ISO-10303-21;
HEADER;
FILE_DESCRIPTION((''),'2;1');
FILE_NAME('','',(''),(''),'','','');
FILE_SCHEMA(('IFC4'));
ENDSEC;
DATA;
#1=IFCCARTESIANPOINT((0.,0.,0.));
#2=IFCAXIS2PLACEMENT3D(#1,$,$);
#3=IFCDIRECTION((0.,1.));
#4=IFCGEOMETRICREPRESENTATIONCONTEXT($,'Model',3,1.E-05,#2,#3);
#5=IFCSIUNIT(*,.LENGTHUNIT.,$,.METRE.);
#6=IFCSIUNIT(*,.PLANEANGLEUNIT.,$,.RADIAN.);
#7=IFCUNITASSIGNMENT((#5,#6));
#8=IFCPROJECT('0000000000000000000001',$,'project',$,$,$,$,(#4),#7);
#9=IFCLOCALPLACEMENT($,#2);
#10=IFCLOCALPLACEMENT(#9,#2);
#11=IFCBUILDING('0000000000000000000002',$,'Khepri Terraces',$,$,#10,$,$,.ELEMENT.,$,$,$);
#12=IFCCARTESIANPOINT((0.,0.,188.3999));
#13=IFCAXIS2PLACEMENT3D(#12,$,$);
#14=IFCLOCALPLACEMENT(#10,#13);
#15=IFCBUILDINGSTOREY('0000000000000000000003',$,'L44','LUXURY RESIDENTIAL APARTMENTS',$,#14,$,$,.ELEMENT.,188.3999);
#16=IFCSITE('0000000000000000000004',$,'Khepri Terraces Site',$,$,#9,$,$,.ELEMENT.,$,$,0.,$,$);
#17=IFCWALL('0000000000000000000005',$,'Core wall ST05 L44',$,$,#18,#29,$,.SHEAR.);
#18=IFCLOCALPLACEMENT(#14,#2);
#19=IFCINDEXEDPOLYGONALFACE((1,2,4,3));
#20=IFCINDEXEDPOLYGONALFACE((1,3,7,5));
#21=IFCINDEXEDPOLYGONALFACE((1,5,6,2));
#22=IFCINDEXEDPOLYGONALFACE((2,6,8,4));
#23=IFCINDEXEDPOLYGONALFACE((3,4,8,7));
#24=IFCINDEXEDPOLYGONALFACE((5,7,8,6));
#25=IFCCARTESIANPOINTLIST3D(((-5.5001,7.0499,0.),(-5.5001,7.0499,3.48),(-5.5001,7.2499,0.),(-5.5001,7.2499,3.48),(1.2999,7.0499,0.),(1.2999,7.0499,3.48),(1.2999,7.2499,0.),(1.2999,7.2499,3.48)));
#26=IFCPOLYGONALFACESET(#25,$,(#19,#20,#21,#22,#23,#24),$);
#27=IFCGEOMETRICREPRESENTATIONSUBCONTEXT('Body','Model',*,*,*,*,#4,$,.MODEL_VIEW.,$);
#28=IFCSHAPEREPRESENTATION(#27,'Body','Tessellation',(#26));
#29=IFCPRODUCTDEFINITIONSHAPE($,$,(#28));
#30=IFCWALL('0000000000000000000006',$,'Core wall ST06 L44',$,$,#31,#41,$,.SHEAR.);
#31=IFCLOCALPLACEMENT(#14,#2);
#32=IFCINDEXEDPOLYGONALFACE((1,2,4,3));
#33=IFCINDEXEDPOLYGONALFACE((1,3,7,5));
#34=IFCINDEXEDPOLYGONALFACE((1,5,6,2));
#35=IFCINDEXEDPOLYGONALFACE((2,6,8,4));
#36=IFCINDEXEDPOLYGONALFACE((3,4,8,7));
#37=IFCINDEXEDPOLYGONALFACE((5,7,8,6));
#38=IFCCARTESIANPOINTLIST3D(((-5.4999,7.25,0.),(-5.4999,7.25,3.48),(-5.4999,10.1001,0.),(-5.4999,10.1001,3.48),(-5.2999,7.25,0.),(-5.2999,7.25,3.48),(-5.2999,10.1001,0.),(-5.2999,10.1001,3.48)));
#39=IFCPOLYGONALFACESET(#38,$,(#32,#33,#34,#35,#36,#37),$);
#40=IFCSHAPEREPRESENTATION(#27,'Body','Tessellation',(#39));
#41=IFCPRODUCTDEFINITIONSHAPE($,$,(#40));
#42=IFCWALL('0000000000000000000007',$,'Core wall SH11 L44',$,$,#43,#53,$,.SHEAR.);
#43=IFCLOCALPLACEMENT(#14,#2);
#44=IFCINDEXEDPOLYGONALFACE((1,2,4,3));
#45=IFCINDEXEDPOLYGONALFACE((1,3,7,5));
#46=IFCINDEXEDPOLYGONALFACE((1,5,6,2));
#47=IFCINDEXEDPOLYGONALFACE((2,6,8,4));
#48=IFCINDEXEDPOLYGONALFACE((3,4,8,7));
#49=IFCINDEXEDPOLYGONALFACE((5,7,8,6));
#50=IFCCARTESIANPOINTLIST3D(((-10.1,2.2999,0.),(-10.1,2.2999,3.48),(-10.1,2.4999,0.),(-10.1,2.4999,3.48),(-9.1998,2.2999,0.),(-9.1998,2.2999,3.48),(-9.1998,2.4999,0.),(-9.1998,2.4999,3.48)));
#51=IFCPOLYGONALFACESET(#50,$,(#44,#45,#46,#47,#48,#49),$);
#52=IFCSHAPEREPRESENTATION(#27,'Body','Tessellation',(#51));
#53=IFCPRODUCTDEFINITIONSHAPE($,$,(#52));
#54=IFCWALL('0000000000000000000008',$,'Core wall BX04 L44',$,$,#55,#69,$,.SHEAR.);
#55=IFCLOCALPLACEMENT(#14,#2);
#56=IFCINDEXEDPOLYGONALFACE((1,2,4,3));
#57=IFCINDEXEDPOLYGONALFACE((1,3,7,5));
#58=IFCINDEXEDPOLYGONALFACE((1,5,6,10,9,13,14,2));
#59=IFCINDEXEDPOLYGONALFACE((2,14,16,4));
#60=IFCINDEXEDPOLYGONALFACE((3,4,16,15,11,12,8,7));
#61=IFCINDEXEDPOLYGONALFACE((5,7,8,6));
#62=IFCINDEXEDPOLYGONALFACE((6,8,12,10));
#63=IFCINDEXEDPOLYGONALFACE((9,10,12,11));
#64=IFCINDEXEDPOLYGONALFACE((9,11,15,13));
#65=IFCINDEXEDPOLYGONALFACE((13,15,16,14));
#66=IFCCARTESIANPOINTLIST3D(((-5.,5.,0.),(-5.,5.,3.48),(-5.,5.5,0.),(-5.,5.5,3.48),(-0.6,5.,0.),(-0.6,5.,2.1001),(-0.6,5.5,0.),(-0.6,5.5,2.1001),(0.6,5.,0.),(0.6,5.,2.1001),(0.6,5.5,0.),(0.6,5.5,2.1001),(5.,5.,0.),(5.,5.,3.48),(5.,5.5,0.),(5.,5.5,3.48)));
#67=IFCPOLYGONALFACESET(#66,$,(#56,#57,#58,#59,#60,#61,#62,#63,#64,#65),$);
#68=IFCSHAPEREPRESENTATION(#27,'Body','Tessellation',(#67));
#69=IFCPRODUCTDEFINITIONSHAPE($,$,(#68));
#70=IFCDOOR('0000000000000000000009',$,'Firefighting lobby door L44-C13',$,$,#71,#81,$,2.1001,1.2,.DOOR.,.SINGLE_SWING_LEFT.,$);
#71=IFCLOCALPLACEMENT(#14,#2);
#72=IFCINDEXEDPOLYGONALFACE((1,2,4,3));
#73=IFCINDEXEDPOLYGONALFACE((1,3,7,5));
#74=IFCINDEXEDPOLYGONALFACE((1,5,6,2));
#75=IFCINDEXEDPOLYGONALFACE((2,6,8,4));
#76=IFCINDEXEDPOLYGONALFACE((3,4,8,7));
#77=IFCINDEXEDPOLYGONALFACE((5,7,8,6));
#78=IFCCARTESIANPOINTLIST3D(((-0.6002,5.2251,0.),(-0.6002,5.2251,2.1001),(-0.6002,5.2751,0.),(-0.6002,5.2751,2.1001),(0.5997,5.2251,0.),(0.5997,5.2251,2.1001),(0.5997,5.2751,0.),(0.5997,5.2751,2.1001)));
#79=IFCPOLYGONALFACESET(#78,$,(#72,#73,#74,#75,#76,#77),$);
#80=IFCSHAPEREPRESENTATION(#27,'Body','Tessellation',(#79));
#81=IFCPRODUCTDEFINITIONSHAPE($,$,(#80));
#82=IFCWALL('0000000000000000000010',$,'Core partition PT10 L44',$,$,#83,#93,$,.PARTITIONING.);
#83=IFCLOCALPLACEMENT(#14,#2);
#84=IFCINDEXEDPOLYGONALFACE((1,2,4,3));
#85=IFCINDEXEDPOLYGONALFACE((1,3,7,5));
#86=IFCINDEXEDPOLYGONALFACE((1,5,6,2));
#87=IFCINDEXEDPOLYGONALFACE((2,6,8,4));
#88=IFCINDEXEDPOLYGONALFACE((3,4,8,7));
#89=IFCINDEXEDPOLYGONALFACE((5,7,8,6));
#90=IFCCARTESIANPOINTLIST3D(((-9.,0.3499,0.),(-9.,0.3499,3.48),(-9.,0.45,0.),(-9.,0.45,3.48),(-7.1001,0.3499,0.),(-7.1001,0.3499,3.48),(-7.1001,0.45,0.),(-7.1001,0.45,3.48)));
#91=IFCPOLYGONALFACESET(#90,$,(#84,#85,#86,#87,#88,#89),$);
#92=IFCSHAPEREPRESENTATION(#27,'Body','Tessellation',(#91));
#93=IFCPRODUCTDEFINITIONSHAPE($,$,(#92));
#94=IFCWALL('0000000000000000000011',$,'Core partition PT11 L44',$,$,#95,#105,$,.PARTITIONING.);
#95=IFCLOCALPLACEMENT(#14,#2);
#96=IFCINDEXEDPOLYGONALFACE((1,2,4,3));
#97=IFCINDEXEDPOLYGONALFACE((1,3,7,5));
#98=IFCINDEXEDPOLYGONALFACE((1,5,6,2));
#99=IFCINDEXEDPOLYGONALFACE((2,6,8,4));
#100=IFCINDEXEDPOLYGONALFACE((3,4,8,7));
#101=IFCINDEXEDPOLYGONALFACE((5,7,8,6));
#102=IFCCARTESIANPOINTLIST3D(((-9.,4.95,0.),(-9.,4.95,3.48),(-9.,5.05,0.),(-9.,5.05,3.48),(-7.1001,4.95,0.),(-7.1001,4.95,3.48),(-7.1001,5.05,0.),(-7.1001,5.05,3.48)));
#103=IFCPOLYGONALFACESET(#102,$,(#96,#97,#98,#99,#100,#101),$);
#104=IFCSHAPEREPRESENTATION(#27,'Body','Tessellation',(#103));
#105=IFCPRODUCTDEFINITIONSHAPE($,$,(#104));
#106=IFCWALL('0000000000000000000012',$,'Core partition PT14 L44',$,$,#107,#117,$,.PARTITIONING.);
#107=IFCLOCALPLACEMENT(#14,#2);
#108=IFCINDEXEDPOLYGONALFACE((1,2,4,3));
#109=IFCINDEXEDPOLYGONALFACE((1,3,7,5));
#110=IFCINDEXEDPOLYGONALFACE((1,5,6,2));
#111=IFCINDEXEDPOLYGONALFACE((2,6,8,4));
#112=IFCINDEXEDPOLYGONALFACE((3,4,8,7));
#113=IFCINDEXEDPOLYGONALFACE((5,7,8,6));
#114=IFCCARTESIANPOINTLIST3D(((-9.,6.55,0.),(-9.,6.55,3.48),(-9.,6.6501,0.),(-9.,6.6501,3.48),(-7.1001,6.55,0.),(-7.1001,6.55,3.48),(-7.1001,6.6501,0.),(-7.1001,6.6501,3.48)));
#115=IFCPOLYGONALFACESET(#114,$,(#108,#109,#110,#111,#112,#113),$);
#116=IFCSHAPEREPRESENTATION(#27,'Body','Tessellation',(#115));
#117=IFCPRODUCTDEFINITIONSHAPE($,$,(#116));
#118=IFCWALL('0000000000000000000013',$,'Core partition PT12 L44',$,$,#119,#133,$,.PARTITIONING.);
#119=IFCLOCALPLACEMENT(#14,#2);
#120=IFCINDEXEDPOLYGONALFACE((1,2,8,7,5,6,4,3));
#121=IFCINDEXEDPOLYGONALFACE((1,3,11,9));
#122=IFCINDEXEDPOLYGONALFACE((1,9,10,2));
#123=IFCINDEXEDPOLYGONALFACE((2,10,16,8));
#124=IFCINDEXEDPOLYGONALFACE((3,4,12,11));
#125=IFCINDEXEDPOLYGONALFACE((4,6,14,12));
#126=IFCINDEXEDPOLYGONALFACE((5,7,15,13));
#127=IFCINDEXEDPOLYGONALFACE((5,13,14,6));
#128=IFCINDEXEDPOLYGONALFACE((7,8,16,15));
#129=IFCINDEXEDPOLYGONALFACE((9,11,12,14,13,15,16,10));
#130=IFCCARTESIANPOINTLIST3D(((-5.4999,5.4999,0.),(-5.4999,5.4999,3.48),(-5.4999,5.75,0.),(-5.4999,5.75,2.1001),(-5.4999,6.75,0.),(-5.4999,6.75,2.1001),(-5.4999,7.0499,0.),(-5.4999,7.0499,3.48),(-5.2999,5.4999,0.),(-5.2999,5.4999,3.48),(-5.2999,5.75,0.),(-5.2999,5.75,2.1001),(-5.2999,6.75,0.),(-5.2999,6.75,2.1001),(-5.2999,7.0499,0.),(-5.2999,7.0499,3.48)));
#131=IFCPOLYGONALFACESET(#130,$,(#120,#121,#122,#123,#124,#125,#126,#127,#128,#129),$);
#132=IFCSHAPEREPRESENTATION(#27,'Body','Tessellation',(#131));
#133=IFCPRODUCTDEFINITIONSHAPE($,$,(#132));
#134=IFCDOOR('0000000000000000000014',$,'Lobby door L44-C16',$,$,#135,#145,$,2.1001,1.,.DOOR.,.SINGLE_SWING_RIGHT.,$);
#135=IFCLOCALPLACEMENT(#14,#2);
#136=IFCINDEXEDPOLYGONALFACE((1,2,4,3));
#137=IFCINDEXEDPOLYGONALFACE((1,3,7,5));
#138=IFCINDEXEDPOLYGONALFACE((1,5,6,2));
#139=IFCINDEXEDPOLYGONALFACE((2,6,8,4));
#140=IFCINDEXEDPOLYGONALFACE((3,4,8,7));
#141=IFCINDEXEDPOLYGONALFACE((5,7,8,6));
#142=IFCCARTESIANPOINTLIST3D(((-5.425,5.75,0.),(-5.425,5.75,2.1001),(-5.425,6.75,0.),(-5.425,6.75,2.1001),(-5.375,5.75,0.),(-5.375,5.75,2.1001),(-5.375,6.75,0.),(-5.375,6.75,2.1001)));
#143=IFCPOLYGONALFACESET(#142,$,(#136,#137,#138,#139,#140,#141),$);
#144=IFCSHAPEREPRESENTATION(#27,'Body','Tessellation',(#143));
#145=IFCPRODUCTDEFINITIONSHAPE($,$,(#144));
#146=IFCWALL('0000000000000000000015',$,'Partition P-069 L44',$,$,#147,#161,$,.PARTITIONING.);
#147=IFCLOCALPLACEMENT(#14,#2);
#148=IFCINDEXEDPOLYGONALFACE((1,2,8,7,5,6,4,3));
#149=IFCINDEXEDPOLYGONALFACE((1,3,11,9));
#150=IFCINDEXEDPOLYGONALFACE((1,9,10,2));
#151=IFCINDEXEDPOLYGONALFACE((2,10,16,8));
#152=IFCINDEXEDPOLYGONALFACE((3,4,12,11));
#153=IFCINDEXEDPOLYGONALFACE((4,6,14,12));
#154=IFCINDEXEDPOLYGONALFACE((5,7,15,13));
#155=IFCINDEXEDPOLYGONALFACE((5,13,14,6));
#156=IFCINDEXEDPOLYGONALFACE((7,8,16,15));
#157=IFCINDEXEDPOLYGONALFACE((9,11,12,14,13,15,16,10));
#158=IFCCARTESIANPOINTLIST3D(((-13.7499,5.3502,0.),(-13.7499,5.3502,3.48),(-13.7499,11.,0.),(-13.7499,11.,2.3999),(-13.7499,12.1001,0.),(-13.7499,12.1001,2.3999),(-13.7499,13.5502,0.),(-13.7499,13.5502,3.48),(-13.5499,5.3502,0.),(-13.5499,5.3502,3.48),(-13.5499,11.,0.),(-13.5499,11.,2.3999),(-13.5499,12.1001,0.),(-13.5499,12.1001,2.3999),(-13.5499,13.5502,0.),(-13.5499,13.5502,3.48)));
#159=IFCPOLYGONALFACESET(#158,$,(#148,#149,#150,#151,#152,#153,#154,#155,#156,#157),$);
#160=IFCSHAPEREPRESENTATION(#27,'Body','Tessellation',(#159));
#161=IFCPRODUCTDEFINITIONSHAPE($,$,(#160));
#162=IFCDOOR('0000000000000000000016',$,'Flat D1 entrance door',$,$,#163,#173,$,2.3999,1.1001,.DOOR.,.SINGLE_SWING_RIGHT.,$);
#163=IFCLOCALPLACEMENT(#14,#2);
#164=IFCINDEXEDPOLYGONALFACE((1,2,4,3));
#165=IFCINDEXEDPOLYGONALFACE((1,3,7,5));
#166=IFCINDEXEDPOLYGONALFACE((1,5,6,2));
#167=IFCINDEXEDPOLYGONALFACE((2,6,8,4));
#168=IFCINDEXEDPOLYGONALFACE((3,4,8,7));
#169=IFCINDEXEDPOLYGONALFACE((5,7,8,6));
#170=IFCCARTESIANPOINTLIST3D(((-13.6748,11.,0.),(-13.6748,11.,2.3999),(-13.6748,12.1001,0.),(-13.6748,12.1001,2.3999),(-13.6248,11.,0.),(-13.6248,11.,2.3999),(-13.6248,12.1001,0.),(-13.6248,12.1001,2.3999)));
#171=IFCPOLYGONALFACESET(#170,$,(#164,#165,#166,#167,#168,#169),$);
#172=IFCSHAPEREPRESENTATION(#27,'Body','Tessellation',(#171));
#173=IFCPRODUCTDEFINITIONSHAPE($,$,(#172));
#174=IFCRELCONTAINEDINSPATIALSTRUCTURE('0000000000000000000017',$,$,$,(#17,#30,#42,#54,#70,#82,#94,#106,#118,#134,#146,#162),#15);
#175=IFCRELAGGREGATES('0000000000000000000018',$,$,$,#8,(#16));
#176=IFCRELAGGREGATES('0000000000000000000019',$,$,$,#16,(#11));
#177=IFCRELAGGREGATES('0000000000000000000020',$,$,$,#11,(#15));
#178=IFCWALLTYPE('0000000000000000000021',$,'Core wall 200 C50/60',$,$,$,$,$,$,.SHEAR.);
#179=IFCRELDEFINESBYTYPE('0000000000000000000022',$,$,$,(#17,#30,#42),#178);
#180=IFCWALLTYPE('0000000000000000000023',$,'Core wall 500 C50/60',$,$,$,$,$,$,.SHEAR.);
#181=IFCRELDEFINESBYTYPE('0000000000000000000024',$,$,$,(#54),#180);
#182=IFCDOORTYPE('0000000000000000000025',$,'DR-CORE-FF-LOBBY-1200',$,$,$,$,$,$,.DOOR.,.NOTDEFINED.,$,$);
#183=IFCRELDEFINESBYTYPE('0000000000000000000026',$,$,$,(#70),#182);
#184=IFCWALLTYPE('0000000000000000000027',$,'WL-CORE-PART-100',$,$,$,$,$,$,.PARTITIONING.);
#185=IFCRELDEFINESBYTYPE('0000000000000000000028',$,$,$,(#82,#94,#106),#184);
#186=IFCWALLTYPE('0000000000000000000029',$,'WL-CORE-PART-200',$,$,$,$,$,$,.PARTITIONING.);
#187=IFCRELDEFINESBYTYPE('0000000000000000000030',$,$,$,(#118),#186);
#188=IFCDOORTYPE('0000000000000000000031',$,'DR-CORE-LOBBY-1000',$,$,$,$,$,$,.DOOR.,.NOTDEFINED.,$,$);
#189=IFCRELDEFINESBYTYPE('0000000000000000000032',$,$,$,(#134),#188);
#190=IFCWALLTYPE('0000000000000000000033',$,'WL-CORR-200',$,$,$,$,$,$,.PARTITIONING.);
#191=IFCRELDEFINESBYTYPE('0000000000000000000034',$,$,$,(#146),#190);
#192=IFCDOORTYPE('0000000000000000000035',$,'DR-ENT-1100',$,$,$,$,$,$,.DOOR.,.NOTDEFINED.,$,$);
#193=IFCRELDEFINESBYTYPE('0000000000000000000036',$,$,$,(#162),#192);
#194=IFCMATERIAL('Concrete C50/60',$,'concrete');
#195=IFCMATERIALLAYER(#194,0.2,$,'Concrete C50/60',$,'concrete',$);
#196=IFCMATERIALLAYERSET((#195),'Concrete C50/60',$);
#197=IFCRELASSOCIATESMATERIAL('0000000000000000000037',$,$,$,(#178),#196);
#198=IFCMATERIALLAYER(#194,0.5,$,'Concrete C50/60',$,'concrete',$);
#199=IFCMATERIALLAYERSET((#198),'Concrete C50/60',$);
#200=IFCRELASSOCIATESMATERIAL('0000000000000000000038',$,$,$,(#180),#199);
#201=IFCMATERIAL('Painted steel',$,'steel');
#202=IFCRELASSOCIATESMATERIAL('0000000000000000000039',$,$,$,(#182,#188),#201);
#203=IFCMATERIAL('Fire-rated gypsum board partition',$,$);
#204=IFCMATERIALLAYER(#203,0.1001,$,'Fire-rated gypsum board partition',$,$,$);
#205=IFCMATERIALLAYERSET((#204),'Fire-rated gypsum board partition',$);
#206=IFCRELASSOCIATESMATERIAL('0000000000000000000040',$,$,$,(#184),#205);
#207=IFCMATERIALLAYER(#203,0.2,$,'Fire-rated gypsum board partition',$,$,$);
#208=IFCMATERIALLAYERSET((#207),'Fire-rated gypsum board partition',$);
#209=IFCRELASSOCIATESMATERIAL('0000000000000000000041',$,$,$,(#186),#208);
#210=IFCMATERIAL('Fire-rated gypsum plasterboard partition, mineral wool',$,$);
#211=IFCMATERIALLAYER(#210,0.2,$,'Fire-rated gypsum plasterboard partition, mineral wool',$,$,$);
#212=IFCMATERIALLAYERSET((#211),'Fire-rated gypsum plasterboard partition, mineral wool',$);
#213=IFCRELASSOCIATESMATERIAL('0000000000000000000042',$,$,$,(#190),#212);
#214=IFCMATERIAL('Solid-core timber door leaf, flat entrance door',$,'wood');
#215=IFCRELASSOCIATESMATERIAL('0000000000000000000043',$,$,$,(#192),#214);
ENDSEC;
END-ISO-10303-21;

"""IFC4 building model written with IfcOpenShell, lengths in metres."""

from ifc_helpers import new_model, si_unit, direction, frame, frame_2d, origin, place, context, subcontext, project, spatial, rectangle, extrude, material, layer, layer_set, type_object, element, fill, save


model = new_model("IFC4")

# Units and contexts
model_context = context("Model", 3, precision=1e-05, world=origin(), true_north=direction((0.0, 1.0)))
body_context = subcontext(model_context, "Body", "Model", "MODEL_VIEW")
ifc_project = project(units=[si_unit("LENGTHUNIT", "METRE"), si_unit("PLANEANGLEUNIT", "RADIAN")], contexts=[model_context])

# Site, building, storey
site_placement = place(None, origin())
site = spatial("IfcSite", under=ifc_project, at=site_placement, Name="Khepri Terraces Site", CompositionType="ELEMENT", RefElevation=0.0)
building_placement = place(site_placement, origin())
building = spatial("IfcBuilding", under=site, at=building_placement, Name="Khepri Terraces", CompositionType="ELEMENT")
storey_placement = place(building_placement, frame((0.0, 0.0, 188.3999)))
storey = spatial("IfcBuildingStorey", under=building, at=storey_placement, Name="L44", Description="LUXURY RESIDENTIAL APARTMENTS", CompositionType="ELEMENT", Elevation=188.3999)

# Walls
ifc_material_1 = material(Name="Concrete C50/60", Category="concrete")
ifc_layer_1 = layer(ifc_material_1, 0.2, Name="Concrete C50/60", Category="concrete")
ifc_layer_set_1 = layer_set([ifc_layer_1], Name="Concrete C50/60")
wall_type_1 = type_object("IfcWallType", Name="Core wall 200 C50/60", PredefinedType="SHEAR", material=ifc_layer_set_1)
wall_1_placement = place(storey_placement, frame((-5.5, 7.1499, 0.0), z_axis=(0.0, 0.0, 1.0), x_axis=(1.0, 0.0, 0.0)))
element("IfcWall", 1, at=wall_1_placement, inside=storey, type_object=wall_type_1, Name="Core wall ST05 L44", PredefinedType="SHEAR", context=body_context, shape_type="SweptSolid", body=[
    extrude(rectangle(XDim=6.8, YDim=0.2, at=frame_2d((3.3999, 0.0))), origin(), (0.0, 0.0, 1.0), 3.48),
])
wall_2_placement = place(storey_placement, frame((-5.3999, 7.25, 0.0), z_axis=(0.0, 0.0, 1.0), x_axis=(0.0, 1.0, 0.0)))
element("IfcWall", 2, at=wall_2_placement, inside=storey, type_object=wall_type_1, Name="Core wall ST06 L44", PredefinedType="SHEAR", context=body_context, shape_type="SweptSolid", body=[
    extrude(rectangle(XDim=2.8501, YDim=0.2, at=frame_2d((1.425, 0.0))), origin(), (0.0, 0.0, 1.0), 3.48),
])
wall_3_placement = place(storey_placement, frame((-10.1001, 2.3999, 0.0), z_axis=(0.0, 0.0, 1.0), x_axis=(1.0, 0.0, 0.0)))
element("IfcWall", 3, at=wall_3_placement, inside=storey, type_object=wall_type_1, Name="Core wall SH11 L44", PredefinedType="SHEAR", context=body_context, shape_type="SweptSolid", body=[
    extrude(rectangle(XDim=0.9001, YDim=0.2, at=frame_2d((0.4502, 0.0))), origin(), (0.0, 0.0, 1.0), 3.48),
])

# Wall, opening, door
ifc_layer_2 = layer(ifc_material_1, 0.5, Name="Concrete C50/60", Category="concrete")
ifc_layer_set_2 = layer_set([ifc_layer_2], Name="Concrete C50/60")
wall_type_2 = type_object("IfcWallType", Name="Core wall 500 C50/60", PredefinedType="SHEAR", material=ifc_layer_set_2)
wall_4_placement = place(storey_placement, frame((-5.0, 5.25, 0.0), z_axis=(0.0, 0.0, 1.0), x_axis=(1.0, 0.0, 0.0)))
wall_4 = element("IfcWall", 4, at=wall_4_placement, inside=storey, type_object=wall_type_2, Name="Core wall BX04 L44", PredefinedType="SHEAR", context=body_context, shape_type="SweptSolid", body=[
    extrude(rectangle(XDim=10.0, YDim=0.5, at=frame_2d((5.0, 0.0))), origin(), (0.0, 0.0, 1.0), 3.48),
])
opening_1_placement = place(wall_4_placement, frame((4.3999, 0.0, 0.0)))
opening_1 = element("IfcOpeningElement", 5, at=opening_1_placement, cuts=wall_4, PredefinedType="OPENING", context=body_context, shape_type="SweptSolid", body=[
    extrude(rectangle(XDim=1.2, YDim=2.1001, at=frame_2d((0.6001, 1.05))), frame((0.0, 0.26, 0.0), z_axis=(0.0, -1.0, 0.0), x_axis=(1.0, 0.0, 0.0)), (0.0, 0.0, 1.0), 0.52),
])
ifc_material_2 = material(Name="Painted steel", Category="steel")
door_type_1 = type_object("IfcDoorType", Name="DR-CORE-FF-LOBBY-1200", OperationType="NOTDEFINED", PredefinedType="DOOR", material=ifc_material_2)
door_1_placement = place(opening_1_placement, frame((1.2, 0.0, 0.0), z_axis=(0.0, 0.0, 1.0), x_axis=(-1.0, 0.0, 0.0)))
door_1 = element("IfcDoor", 6, at=door_1_placement, inside=storey, type_object=door_type_1, Name="Firefighting lobby door L44-C13", OperationType="SINGLE_SWING_LEFT", OverallHeight=2.1001, OverallWidth=1.2, PredefinedType="DOOR", context=body_context, shape_type="SweptSolid", body=[
    extrude(rectangle(XDim=1.2, YDim=2.1001, at=frame_2d((0.6001, 1.05))), frame((0.0, 0.0249, 0.0), z_axis=(0.0, -1.0, 0.0), x_axis=(1.0, 0.0, 0.0)), (0.0, 0.0, 1.0), 0.05),
])
fill(opening_1, door_1)

# Walls
ifc_material_3 = material(Name="Fire-rated gypsum board partition")
ifc_layer_3 = layer(ifc_material_3, 0.1001, Name="Fire-rated gypsum board partition")
ifc_layer_set_3 = layer_set([ifc_layer_3], Name="Fire-rated gypsum board partition")
wall_type_3 = type_object("IfcWallType", Name="WL-CORE-PART-100", PredefinedType="PARTITIONING", material=ifc_layer_set_3)
for number, where, z_axis, x_axis, name in (
    (7, (-9.0, 0.3999, 0.0), (0.0, 0.0, 1.0), (1.0, 0.0, 0.0), "Core partition PT10 L44"),
    (8, (-9.0, 5.0, 0.0), (0.0, 0.0, 1.0), (1.0, 0.0, 0.0), "Core partition PT11 L44"),
    (9, (-9.0, 6.6001, 0.0), (0.0, 0.0, 1.0), (1.0, 0.0, 0.0), "Core partition PT14 L44"),
):
    element("IfcWall", number, at=place(storey_placement, frame(where, z_axis=z_axis, x_axis=x_axis)), inside=storey, type_object=wall_type_3, Name=name, PredefinedType="PARTITIONING", context=body_context, shape_type="SweptSolid", body=[
        extrude(rectangle(XDim=1.8999, YDim=0.1001, at=frame_2d((0.95, 0.0))), origin(), (0.0, 0.0, 1.0), 3.48),
    ])

# Walls, openings, doors
ifc_layer_4 = layer(ifc_material_3, 0.2, Name="Fire-rated gypsum board partition")
ifc_layer_set_4 = layer_set([ifc_layer_4], Name="Fire-rated gypsum board partition")
wall_type_4 = type_object("IfcWallType", Name="WL-CORE-PART-200", PredefinedType="PARTITIONING", material=ifc_layer_set_4)
wall_5_placement = place(storey_placement, frame((-5.3999, 5.5, 0.0), z_axis=(0.0, 0.0, 1.0), x_axis=(0.0, 1.0, 0.0)))
wall_5 = element("IfcWall", 10, at=wall_5_placement, inside=storey, type_object=wall_type_4, Name="Core partition PT12 L44", PredefinedType="PARTITIONING", context=body_context, shape_type="SweptSolid", body=[
    extrude(rectangle(XDim=1.55, YDim=0.2, at=frame_2d((0.7749, 0.0))), origin(), (0.0, 0.0, 1.0), 3.48),
])
opening_2_placement = place(wall_5_placement, frame((0.25, 0.0, 0.0)))
opening_2 = element("IfcOpeningElement", 11, at=opening_2_placement, cuts=wall_5, PredefinedType="OPENING", context=body_context, shape_type="SweptSolid", body=[
    extrude(rectangle(XDim=1.0, YDim=2.1001, at=frame_2d((0.5, 1.05))), frame((0.0, 0.1099, 0.0), z_axis=(0.0, -1.0, 0.0), x_axis=(1.0, 0.0, 0.0)), (0.0, 0.0, 1.0), 0.22),
])
door_type_2 = type_object("IfcDoorType", Name="DR-CORE-LOBBY-1000", OperationType="NOTDEFINED", PredefinedType="DOOR", material=ifc_material_2)
door_2_placement = place(opening_2_placement, frame((1.0, 0.0, 0.0), z_axis=(0.0, 0.0, 1.0), x_axis=(-1.0, 0.0, 0.0)))
door_2 = element("IfcDoor", 12, at=door_2_placement, inside=storey, type_object=door_type_2, Name="Lobby door L44-C16", OperationType="SINGLE_SWING_RIGHT", OverallHeight=2.1001, OverallWidth=1.0, PredefinedType="DOOR", context=body_context, shape_type="SweptSolid", body=[
    extrude(rectangle(XDim=1.0, YDim=2.1001, at=frame_2d((0.5, 1.05))), frame((0.0, 0.0249, 0.0), z_axis=(0.0, -1.0, 0.0), x_axis=(1.0, 0.0, 0.0)), (0.0, 0.0, 1.0), 0.05),
])
fill(opening_2, door_2)
ifc_material_4 = material(Name="Fire-rated gypsum plasterboard partition, mineral wool")
ifc_layer_5 = layer(ifc_material_4, 0.2, Name="Fire-rated gypsum plasterboard partition, mineral wool")
ifc_layer_set_5 = layer_set([ifc_layer_5], Name="Fire-rated gypsum plasterboard partition, mineral wool")
wall_type_5 = type_object("IfcWallType", Name="WL-CORR-200", PredefinedType="PARTITIONING", material=ifc_layer_set_5)
wall_6_placement = place(storey_placement, frame((-13.6499, 5.3501, 0.0), z_axis=(0.0, 0.0, 1.0), x_axis=(0.0, 1.0, 0.0)))
wall_6 = element("IfcWall", 13, at=wall_6_placement, inside=storey, type_object=wall_type_5, Name="Partition P-069 L44", PredefinedType="PARTITIONING", context=body_context, shape_type="SweptSolid", body=[
    extrude(rectangle(XDim=8.2, YDim=0.2, at=frame_2d((4.1001, 0.0))), origin(), (0.0, 0.0, 1.0), 3.48),
])
opening_3_placement = place(wall_6_placement, frame((5.6499, 0.0, 0.0)))
opening_3 = element("IfcOpeningElement", 14, at=opening_3_placement, cuts=wall_6, PredefinedType="OPENING", context=body_context, shape_type="SweptSolid", body=[
    extrude(rectangle(XDim=1.1001, YDim=2.3999, at=frame_2d((0.55, 1.2))), frame((0.0, 0.1099, 0.0), z_axis=(0.0, -1.0, 0.0), x_axis=(1.0, 0.0, 0.0)), (0.0, 0.0, 1.0), 0.22),
])
ifc_material_5 = material(Name="Solid-core timber door leaf, flat entrance door", Category="wood")
door_type_3 = type_object("IfcDoorType", Name="DR-ENT-1100", OperationType="NOTDEFINED", PredefinedType="DOOR", material=ifc_material_5)
door_3_placement = place(opening_3_placement, origin())
door_3 = element("IfcDoor", 15, at=door_3_placement, inside=storey, type_object=door_type_3, Name="Flat D1 entrance door", OperationType="SINGLE_SWING_RIGHT", OverallHeight=2.3999, OverallWidth=1.1001, PredefinedType="DOOR", context=body_context, shape_type="SweptSolid", body=[
    extrude(rectangle(XDim=1.1001, YDim=2.3999, at=frame_2d((0.55, 1.2))), frame((0.0, 0.0249, 0.0), z_axis=(0.0, -1.0, 0.0), x_axis=(1.0, 0.0, 0.0)), (0.0, 0.0, 1.0), 0.05),
])
fill(opening_3, door_3)

save(model, "model.ifc")
